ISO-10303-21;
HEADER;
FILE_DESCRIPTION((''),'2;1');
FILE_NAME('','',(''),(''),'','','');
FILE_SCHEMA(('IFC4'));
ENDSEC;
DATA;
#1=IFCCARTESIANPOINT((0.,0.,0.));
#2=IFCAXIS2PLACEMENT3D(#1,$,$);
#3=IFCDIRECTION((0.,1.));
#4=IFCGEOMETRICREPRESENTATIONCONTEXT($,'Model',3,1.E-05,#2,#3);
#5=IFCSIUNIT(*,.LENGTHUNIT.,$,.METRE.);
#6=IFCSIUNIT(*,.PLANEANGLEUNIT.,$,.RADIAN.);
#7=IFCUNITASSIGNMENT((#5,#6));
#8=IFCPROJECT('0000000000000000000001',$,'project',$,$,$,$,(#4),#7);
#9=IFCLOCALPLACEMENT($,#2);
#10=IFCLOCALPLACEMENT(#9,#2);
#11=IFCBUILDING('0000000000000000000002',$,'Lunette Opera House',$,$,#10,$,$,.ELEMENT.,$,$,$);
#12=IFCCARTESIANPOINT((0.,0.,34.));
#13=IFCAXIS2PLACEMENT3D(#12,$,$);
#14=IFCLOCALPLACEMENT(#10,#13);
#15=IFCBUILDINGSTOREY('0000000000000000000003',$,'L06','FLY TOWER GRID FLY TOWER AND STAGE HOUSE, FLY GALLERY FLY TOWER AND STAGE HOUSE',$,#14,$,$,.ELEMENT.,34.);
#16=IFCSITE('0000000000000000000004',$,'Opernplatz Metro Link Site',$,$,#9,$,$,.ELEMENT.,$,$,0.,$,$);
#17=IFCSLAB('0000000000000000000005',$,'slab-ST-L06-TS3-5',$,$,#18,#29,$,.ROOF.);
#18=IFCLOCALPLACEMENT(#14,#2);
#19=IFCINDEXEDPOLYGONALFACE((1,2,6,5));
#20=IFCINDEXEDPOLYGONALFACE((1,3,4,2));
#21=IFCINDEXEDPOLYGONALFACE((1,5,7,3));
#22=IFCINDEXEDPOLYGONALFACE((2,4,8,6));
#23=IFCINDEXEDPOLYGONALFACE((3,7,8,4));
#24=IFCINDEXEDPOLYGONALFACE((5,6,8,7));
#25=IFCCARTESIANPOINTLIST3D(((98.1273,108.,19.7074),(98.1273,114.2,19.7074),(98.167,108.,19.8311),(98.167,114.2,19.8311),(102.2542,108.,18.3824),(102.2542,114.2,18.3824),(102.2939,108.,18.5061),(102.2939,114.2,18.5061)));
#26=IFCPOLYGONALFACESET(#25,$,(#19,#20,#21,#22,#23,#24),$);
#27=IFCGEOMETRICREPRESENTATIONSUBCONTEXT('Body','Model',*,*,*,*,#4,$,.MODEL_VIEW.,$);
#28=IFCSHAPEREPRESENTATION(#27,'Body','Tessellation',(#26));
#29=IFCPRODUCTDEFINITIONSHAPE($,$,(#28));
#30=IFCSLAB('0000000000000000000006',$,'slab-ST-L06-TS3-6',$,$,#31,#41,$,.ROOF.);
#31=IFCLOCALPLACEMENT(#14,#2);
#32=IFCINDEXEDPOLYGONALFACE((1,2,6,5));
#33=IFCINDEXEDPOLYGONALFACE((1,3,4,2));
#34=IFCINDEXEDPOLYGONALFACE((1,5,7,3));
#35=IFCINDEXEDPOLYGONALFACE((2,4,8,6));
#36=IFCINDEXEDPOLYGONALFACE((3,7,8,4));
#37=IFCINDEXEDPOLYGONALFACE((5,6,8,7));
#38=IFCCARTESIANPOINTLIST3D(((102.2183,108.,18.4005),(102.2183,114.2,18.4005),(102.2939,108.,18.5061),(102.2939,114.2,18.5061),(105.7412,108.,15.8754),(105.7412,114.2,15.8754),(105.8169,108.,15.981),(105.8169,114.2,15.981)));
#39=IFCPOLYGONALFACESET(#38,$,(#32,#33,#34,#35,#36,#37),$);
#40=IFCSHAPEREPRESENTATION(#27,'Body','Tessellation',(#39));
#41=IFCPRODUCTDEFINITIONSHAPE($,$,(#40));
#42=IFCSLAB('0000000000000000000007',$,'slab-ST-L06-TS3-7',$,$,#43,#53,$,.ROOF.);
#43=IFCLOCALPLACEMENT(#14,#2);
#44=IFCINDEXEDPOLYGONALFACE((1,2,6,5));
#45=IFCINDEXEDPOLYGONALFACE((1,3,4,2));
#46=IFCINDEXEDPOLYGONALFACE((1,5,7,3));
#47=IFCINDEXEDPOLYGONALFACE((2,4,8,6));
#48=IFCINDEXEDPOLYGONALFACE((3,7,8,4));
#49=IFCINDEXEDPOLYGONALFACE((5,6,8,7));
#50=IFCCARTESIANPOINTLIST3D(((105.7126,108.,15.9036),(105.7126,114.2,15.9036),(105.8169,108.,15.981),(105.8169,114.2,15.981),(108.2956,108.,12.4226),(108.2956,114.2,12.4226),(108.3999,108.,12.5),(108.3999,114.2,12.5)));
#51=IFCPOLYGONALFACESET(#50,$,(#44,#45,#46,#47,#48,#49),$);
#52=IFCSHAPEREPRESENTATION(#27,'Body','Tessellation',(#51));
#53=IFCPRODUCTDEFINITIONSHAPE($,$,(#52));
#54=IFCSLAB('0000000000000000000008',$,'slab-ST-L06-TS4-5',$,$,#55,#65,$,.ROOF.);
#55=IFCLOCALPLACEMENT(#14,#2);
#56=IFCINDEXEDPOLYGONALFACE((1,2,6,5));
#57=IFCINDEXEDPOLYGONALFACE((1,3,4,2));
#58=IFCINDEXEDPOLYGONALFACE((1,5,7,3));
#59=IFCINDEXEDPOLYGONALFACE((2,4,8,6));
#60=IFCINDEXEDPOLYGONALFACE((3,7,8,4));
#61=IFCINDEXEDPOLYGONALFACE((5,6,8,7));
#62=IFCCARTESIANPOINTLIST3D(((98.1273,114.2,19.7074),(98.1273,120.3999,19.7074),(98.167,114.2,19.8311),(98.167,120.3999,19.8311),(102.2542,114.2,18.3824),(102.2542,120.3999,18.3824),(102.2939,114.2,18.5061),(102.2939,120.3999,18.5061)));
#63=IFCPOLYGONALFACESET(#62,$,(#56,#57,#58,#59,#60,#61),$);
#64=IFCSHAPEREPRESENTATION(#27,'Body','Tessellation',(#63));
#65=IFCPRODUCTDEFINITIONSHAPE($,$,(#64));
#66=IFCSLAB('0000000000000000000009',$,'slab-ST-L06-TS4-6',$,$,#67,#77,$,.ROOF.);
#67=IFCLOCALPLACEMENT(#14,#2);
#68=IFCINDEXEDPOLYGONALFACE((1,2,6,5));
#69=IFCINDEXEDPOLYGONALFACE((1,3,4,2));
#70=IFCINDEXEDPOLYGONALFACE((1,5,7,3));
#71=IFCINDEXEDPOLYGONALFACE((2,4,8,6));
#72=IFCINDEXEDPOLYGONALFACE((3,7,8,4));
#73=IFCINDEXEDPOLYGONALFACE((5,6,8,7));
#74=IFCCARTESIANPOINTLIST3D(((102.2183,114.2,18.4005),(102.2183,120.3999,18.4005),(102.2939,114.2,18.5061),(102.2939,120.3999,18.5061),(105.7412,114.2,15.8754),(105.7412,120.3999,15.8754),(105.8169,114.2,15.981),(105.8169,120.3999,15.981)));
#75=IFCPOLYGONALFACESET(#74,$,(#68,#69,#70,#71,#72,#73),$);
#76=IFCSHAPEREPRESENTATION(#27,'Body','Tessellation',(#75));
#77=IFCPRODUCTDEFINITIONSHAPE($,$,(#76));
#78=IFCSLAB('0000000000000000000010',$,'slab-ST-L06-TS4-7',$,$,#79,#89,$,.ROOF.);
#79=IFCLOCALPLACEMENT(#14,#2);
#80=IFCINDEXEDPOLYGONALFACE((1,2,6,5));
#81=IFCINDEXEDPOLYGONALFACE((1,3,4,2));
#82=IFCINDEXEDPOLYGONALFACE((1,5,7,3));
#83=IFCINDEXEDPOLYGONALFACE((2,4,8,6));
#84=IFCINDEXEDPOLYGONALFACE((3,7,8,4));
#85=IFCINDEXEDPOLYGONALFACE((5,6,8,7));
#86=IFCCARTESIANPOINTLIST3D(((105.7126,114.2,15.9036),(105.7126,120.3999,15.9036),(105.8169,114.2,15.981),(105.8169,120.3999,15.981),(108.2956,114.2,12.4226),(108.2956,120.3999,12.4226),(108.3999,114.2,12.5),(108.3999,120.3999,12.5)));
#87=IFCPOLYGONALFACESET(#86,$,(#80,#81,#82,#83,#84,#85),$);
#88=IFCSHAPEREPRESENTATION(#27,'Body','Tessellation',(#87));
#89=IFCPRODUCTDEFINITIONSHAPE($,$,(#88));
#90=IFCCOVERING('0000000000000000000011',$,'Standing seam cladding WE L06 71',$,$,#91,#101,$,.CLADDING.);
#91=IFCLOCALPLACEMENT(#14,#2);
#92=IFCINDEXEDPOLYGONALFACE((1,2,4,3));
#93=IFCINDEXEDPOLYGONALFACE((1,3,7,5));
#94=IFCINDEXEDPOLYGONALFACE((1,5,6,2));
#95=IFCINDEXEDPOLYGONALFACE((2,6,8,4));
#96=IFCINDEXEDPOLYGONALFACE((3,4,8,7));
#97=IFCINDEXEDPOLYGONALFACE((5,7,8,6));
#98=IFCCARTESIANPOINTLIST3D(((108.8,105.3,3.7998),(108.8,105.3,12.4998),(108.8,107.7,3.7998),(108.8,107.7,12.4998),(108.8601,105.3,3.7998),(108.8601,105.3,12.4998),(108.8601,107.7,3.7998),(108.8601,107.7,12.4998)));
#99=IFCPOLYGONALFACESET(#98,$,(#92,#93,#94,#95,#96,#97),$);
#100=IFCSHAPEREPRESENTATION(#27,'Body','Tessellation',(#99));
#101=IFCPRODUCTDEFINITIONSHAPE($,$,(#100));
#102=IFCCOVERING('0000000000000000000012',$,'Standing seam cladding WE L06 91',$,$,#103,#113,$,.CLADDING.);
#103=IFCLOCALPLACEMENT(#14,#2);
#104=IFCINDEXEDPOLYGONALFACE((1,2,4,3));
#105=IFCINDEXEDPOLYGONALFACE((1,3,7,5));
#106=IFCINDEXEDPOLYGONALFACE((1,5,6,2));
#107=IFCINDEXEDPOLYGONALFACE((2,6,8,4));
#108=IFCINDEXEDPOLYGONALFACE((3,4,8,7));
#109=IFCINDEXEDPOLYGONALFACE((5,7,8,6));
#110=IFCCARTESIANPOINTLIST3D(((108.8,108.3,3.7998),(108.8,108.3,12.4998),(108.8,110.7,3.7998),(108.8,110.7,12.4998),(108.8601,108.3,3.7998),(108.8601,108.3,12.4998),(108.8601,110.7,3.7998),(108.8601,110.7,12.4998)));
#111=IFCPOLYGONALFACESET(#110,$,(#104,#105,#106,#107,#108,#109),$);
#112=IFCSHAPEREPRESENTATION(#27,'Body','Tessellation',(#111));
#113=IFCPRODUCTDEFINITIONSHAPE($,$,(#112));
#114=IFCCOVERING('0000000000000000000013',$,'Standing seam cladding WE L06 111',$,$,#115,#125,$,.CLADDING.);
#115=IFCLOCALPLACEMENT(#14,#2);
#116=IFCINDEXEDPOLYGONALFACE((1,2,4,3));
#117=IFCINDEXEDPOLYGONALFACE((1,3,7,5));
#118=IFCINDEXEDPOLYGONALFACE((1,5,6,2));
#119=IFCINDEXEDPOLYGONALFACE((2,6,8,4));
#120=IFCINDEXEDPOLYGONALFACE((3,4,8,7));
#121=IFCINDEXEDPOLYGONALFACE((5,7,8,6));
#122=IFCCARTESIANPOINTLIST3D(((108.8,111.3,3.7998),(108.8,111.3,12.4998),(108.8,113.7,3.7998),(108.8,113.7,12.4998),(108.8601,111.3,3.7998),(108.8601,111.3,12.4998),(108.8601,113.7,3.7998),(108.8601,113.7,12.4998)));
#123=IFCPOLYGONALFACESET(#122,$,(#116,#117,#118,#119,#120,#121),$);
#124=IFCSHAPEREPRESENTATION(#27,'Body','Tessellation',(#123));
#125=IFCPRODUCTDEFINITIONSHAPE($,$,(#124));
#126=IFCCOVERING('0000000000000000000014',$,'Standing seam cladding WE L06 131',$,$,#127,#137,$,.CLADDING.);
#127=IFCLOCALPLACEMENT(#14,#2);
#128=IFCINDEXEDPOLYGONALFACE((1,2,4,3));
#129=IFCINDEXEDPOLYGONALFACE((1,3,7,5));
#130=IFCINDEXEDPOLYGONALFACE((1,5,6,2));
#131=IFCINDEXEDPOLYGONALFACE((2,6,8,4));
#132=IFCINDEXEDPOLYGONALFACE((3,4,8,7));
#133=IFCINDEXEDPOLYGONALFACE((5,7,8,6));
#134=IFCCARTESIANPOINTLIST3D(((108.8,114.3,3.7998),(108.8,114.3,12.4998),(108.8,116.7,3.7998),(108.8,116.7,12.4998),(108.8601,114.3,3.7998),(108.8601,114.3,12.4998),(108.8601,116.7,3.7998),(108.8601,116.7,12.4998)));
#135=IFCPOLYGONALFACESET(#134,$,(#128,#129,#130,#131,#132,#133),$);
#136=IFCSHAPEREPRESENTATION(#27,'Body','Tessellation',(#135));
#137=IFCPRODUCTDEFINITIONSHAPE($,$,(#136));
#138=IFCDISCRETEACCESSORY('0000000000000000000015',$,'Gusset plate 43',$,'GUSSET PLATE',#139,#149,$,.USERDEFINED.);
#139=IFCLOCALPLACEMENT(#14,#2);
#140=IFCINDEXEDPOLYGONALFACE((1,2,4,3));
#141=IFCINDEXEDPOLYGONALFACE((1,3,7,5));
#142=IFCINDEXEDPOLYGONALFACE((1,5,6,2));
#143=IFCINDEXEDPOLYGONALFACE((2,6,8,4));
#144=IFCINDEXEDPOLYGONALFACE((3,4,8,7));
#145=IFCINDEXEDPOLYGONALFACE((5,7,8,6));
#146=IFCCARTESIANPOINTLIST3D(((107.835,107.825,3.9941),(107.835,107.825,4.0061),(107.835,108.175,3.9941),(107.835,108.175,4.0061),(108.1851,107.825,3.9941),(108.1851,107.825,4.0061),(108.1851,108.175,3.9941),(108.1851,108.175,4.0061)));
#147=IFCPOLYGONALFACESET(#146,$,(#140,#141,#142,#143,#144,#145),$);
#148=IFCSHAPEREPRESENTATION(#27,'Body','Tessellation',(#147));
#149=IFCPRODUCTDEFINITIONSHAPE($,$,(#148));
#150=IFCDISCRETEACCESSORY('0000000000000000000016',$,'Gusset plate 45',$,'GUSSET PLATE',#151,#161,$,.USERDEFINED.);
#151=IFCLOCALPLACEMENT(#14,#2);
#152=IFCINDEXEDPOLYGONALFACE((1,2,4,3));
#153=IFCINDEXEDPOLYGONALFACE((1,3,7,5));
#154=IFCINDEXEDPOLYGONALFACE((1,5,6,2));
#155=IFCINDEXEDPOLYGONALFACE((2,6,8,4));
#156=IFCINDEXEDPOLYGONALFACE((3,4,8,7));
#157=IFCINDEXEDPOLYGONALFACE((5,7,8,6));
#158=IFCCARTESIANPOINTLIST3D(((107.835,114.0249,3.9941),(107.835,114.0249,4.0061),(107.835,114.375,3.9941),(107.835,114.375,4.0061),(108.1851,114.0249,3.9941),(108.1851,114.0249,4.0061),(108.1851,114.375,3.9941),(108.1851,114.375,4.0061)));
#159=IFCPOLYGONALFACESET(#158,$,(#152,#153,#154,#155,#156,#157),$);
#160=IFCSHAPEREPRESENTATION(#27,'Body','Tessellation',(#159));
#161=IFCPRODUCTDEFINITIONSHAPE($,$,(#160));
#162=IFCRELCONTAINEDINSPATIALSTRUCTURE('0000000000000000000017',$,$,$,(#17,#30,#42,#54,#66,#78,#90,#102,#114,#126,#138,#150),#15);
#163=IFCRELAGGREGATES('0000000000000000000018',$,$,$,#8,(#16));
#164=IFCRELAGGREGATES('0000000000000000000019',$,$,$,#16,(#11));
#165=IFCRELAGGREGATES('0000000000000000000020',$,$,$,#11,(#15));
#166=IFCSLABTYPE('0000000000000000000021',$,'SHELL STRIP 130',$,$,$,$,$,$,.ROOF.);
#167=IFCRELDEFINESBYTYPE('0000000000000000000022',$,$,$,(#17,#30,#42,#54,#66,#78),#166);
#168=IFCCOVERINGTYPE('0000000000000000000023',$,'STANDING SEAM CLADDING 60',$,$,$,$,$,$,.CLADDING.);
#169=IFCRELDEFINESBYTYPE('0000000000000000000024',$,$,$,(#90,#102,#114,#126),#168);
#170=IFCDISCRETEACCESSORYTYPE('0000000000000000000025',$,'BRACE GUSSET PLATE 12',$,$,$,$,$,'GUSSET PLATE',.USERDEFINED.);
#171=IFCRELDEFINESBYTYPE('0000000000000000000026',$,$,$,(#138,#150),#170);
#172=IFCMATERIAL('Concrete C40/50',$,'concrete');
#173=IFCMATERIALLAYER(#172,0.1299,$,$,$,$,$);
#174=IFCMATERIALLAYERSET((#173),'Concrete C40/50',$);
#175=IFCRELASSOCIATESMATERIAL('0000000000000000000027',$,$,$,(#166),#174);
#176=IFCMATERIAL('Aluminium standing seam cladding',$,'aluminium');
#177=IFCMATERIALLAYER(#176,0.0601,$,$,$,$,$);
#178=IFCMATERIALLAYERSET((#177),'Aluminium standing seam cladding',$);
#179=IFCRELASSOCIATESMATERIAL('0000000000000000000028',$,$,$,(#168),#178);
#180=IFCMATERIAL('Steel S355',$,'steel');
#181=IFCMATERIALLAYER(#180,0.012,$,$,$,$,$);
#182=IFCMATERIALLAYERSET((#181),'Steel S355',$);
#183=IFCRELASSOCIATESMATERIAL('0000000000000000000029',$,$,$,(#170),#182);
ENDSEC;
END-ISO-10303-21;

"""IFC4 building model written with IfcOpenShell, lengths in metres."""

from ifc_helpers import new_model, si_unit, direction, frame, origin, origin_2d, place, context, subcontext, project, spatial, polyline, rectangle, outline, extrude, material, layer, layer_set, type_object, element, save


model = new_model("IFC4")

# Units and contexts
model_context = context("Model", 3, precision=1e-05, world=origin(), true_north=direction((0.0, 1.0)))
body_context = subcontext(model_context, "Body", "Model", "MODEL_VIEW")
ifc_project = project(units=[si_unit("LENGTHUNIT", "METRE"), si_unit("PLANEANGLEUNIT", "RADIAN")], contexts=[model_context])

# Site, building, storey
site_placement = place(None, origin())
site = spatial("IfcSite", under=ifc_project, at=site_placement, Name="Opernplatz Metro Link Site", CompositionType="ELEMENT", RefElevation=0.0)
building_placement = place(site_placement, origin())
building = spatial("IfcBuilding", under=site, at=building_placement, Name="Lunette Opera House", CompositionType="ELEMENT")
storey_placement = place(building_placement, frame((0.0, 0.0, 34.0)))
storey = spatial("IfcBuildingStorey", under=building, at=storey_placement, Name="L06", Description="FLY TOWER GRID FLY TOWER AND STAGE HOUSE, FLY GALLERY FLY TOWER AND STAGE HOUSE", CompositionType="ELEMENT", Elevation=34.0)

# Slabs
ifc_material_1 = material(Name="Concrete C40/50", Category="concrete")
ifc_layer_1 = layer(ifc_material_1, 0.1299)
ifc_layer_set_1 = layer_set([ifc_layer_1], Name="Concrete C40/50")
slab_type = type_object("IfcSlabType", Name="SHELL STRIP 130", PredefinedType="ROOF", material=ifc_layer_set_1)
slab_1_placement = place(storey_placement, frame((98.167, 108.0, 19.8311), z_axis=(0.305681, 0.0, 0.952134), x_axis=(0.952134, 0.0, -0.305681)))
element("IfcSlab", 1, at=slab_1_placement, inside=storey, type_object=slab_type, Name="slab-ST-L06-TS3-5", PredefinedType="ROOF", context=body_context, shape_type="SweptSolid", body=[
    extrude(outline(polyline([(0.0, 0.0), (4.3344, 0.0), (4.3344, 6.2), (0.0, 6.2), (0.0, 0.0)])), origin(), (0.0, 0.0, -1.0), 0.1299),
])
slab_2_placement = place(storey_placement, frame((102.2939, 108.0, 18.5061), z_axis=(0.582575, 0.0, 0.812777), x_axis=(0.812777, 0.0, -0.582575)))
element("IfcSlab", 2, at=slab_2_placement, inside=storey, type_object=slab_type, Name="slab-ST-L06-TS3-6", PredefinedType="ROOF", context=body_context, shape_type="SweptSolid", body=[
    extrude(outline(polyline([(0.0, 0.0), (4.3345, 0.0), (4.3345, 6.2), (0.0, 6.2), (0.0, 0.0)])), origin(), (0.0, 0.0, -1.0), 0.1299),
])
slab_3_placement = place(storey_placement, frame((105.8169, 108.0, 15.981), z_axis=(0.803058, 0.0, 0.595901), x_axis=(0.595901, 0.0, -0.803058)))
element("IfcSlab", 3, at=slab_3_placement, inside=storey, type_object=slab_type, Name="slab-ST-L06-TS3-7", PredefinedType="ROOF", context=body_context, shape_type="SweptSolid", body=[
    extrude(outline(polyline([(0.0, 0.0), (4.3346, 0.0), (4.3346, 6.2), (0.0, 6.2), (0.0, 0.0)])), origin(), (0.0, 0.0, -1.0), 0.1299),
])
slab_4_placement = place(storey_placement, frame((98.167, 114.2, 19.8311), z_axis=(0.305681, 0.0, 0.952134), x_axis=(0.952134, 0.0, -0.305681)))
element("IfcSlab", 4, at=slab_4_placement, inside=storey, type_object=slab_type, Name="slab-ST-L06-TS4-5", PredefinedType="ROOF", context=body_context, shape_type="SweptSolid", body=[
    extrude(outline(polyline([(0.0, 0.0), (4.3344, 0.0), (4.3344, 6.2), (0.0, 6.2), (0.0, 0.0)])), origin(), (0.0, 0.0, -1.0), 0.1299),
])
slab_5_placement = place(storey_placement, frame((102.2939, 114.2, 18.5061), z_axis=(0.582575, 0.0, 0.812777), x_axis=(0.812777, 0.0, -0.582575)))
element("IfcSlab", 5, at=slab_5_placement, inside=storey, type_object=slab_type, Name="slab-ST-L06-TS4-6", PredefinedType="ROOF", context=body_context, shape_type="SweptSolid", body=[
    extrude(outline(polyline([(0.0, 0.0), (4.3345, 0.0), (4.3345, 6.2), (0.0, 6.2), (0.0, 0.0)])), origin(), (0.0, 0.0, -1.0), 0.1299),
])
slab_6_placement = place(storey_placement, frame((105.8169, 114.2, 15.981), z_axis=(0.803058, 0.0, 0.595901), x_axis=(0.595901, 0.0, -0.803058)))
element("IfcSlab", 6, at=slab_6_placement, inside=storey, type_object=slab_type, Name="slab-ST-L06-TS4-7", PredefinedType="ROOF", context=body_context, shape_type="SweptSolid", body=[
    extrude(outline(polyline([(0.0, 0.0), (4.3346, 0.0), (4.3346, 6.2), (0.0, 6.2), (0.0, 0.0)])), origin(), (0.0, 0.0, -1.0), 0.1299),
])

# Coverings
ifc_material_2 = material(Name="Aluminium standing seam cladding", Category="aluminium")
ifc_layer_2 = layer(ifc_material_2, 0.0601)
ifc_layer_set_2 = layer_set([ifc_layer_2], Name="Aluminium standing seam cladding")
covering_type = type_object("IfcCoveringType", Name="STANDING SEAM CLADDING 60", PredefinedType="CLADDING", material=ifc_layer_set_2)
for number, where, z_axis, x_axis, name in (
    (7, (108.8301, 106.5, 3.7998), (0.0, 0.0, 1.0), (0.0, 1.0, 0.0), "Standing seam cladding WE L06 71"),
    (8, (108.8301, 109.5, 3.7998), (0.0, 0.0, 1.0), (0.0, 1.0, 0.0), "Standing seam cladding WE L06 91"),
    (9, (108.8301, 112.5, 3.7998), (0.0, 0.0, 1.0), (0.0, 1.0, 0.0), "Standing seam cladding WE L06 111"),
    (10, (108.8301, 115.5, 3.7998), (0.0, 0.0, 1.0), (0.0, 1.0, 0.0), "Standing seam cladding WE L06 131"),
):
    element("IfcCovering", number, at=place(storey_placement, frame(where, z_axis=z_axis, x_axis=x_axis)), inside=storey, type_object=covering_type, Name=name, PredefinedType="CLADDING", context=body_context, shape_type="SweptSolid", body=[
        extrude(rectangle(XDim=2.3999, YDim=0.0601, at=origin_2d()), origin(), (0.0, 0.0, 1.0), 8.7),
    ])

# Discrete accessories
ifc_material_3 = material(Name="Steel S355", Category="steel")
ifc_layer_3 = layer(ifc_material_3, 0.012)
ifc_layer_set_3 = layer_set([ifc_layer_3], Name="Steel S355")
discrete_accessory_type = type_object("IfcDiscreteAccessoryType", Name="BRACE GUSSET PLATE 12", ElementType="GUSSET PLATE", PredefinedType="USERDEFINED", material=ifc_layer_set_3)
for number, where, z_axis, x_axis, name in (
    (11, (108.01, 108.0, 3.9941), (0.0, 0.0, 1.0), (1.0, 0.0, 0.0), "Gusset plate 43"),
    (12, (108.01, 114.2, 3.9941), (0.0, 0.0, 1.0), (1.0, 0.0, 0.0), "Gusset plate 45"),
):
    element("IfcDiscreteAccessory", number, at=place(storey_placement, frame(where, z_axis=z_axis, x_axis=x_axis)), inside=storey, type_object=discrete_accessory_type, Name=name, ObjectType="GUSSET PLATE", PredefinedType="USERDEFINED", context=body_context, shape_type="SweptSolid", body=[
        extrude(rectangle(XDim=0.3501, YDim=0.3501, at=origin_2d()), origin(), (0.0, 0.0, 1.0), 0.012),
    ])

save(model, "model.ifc")
